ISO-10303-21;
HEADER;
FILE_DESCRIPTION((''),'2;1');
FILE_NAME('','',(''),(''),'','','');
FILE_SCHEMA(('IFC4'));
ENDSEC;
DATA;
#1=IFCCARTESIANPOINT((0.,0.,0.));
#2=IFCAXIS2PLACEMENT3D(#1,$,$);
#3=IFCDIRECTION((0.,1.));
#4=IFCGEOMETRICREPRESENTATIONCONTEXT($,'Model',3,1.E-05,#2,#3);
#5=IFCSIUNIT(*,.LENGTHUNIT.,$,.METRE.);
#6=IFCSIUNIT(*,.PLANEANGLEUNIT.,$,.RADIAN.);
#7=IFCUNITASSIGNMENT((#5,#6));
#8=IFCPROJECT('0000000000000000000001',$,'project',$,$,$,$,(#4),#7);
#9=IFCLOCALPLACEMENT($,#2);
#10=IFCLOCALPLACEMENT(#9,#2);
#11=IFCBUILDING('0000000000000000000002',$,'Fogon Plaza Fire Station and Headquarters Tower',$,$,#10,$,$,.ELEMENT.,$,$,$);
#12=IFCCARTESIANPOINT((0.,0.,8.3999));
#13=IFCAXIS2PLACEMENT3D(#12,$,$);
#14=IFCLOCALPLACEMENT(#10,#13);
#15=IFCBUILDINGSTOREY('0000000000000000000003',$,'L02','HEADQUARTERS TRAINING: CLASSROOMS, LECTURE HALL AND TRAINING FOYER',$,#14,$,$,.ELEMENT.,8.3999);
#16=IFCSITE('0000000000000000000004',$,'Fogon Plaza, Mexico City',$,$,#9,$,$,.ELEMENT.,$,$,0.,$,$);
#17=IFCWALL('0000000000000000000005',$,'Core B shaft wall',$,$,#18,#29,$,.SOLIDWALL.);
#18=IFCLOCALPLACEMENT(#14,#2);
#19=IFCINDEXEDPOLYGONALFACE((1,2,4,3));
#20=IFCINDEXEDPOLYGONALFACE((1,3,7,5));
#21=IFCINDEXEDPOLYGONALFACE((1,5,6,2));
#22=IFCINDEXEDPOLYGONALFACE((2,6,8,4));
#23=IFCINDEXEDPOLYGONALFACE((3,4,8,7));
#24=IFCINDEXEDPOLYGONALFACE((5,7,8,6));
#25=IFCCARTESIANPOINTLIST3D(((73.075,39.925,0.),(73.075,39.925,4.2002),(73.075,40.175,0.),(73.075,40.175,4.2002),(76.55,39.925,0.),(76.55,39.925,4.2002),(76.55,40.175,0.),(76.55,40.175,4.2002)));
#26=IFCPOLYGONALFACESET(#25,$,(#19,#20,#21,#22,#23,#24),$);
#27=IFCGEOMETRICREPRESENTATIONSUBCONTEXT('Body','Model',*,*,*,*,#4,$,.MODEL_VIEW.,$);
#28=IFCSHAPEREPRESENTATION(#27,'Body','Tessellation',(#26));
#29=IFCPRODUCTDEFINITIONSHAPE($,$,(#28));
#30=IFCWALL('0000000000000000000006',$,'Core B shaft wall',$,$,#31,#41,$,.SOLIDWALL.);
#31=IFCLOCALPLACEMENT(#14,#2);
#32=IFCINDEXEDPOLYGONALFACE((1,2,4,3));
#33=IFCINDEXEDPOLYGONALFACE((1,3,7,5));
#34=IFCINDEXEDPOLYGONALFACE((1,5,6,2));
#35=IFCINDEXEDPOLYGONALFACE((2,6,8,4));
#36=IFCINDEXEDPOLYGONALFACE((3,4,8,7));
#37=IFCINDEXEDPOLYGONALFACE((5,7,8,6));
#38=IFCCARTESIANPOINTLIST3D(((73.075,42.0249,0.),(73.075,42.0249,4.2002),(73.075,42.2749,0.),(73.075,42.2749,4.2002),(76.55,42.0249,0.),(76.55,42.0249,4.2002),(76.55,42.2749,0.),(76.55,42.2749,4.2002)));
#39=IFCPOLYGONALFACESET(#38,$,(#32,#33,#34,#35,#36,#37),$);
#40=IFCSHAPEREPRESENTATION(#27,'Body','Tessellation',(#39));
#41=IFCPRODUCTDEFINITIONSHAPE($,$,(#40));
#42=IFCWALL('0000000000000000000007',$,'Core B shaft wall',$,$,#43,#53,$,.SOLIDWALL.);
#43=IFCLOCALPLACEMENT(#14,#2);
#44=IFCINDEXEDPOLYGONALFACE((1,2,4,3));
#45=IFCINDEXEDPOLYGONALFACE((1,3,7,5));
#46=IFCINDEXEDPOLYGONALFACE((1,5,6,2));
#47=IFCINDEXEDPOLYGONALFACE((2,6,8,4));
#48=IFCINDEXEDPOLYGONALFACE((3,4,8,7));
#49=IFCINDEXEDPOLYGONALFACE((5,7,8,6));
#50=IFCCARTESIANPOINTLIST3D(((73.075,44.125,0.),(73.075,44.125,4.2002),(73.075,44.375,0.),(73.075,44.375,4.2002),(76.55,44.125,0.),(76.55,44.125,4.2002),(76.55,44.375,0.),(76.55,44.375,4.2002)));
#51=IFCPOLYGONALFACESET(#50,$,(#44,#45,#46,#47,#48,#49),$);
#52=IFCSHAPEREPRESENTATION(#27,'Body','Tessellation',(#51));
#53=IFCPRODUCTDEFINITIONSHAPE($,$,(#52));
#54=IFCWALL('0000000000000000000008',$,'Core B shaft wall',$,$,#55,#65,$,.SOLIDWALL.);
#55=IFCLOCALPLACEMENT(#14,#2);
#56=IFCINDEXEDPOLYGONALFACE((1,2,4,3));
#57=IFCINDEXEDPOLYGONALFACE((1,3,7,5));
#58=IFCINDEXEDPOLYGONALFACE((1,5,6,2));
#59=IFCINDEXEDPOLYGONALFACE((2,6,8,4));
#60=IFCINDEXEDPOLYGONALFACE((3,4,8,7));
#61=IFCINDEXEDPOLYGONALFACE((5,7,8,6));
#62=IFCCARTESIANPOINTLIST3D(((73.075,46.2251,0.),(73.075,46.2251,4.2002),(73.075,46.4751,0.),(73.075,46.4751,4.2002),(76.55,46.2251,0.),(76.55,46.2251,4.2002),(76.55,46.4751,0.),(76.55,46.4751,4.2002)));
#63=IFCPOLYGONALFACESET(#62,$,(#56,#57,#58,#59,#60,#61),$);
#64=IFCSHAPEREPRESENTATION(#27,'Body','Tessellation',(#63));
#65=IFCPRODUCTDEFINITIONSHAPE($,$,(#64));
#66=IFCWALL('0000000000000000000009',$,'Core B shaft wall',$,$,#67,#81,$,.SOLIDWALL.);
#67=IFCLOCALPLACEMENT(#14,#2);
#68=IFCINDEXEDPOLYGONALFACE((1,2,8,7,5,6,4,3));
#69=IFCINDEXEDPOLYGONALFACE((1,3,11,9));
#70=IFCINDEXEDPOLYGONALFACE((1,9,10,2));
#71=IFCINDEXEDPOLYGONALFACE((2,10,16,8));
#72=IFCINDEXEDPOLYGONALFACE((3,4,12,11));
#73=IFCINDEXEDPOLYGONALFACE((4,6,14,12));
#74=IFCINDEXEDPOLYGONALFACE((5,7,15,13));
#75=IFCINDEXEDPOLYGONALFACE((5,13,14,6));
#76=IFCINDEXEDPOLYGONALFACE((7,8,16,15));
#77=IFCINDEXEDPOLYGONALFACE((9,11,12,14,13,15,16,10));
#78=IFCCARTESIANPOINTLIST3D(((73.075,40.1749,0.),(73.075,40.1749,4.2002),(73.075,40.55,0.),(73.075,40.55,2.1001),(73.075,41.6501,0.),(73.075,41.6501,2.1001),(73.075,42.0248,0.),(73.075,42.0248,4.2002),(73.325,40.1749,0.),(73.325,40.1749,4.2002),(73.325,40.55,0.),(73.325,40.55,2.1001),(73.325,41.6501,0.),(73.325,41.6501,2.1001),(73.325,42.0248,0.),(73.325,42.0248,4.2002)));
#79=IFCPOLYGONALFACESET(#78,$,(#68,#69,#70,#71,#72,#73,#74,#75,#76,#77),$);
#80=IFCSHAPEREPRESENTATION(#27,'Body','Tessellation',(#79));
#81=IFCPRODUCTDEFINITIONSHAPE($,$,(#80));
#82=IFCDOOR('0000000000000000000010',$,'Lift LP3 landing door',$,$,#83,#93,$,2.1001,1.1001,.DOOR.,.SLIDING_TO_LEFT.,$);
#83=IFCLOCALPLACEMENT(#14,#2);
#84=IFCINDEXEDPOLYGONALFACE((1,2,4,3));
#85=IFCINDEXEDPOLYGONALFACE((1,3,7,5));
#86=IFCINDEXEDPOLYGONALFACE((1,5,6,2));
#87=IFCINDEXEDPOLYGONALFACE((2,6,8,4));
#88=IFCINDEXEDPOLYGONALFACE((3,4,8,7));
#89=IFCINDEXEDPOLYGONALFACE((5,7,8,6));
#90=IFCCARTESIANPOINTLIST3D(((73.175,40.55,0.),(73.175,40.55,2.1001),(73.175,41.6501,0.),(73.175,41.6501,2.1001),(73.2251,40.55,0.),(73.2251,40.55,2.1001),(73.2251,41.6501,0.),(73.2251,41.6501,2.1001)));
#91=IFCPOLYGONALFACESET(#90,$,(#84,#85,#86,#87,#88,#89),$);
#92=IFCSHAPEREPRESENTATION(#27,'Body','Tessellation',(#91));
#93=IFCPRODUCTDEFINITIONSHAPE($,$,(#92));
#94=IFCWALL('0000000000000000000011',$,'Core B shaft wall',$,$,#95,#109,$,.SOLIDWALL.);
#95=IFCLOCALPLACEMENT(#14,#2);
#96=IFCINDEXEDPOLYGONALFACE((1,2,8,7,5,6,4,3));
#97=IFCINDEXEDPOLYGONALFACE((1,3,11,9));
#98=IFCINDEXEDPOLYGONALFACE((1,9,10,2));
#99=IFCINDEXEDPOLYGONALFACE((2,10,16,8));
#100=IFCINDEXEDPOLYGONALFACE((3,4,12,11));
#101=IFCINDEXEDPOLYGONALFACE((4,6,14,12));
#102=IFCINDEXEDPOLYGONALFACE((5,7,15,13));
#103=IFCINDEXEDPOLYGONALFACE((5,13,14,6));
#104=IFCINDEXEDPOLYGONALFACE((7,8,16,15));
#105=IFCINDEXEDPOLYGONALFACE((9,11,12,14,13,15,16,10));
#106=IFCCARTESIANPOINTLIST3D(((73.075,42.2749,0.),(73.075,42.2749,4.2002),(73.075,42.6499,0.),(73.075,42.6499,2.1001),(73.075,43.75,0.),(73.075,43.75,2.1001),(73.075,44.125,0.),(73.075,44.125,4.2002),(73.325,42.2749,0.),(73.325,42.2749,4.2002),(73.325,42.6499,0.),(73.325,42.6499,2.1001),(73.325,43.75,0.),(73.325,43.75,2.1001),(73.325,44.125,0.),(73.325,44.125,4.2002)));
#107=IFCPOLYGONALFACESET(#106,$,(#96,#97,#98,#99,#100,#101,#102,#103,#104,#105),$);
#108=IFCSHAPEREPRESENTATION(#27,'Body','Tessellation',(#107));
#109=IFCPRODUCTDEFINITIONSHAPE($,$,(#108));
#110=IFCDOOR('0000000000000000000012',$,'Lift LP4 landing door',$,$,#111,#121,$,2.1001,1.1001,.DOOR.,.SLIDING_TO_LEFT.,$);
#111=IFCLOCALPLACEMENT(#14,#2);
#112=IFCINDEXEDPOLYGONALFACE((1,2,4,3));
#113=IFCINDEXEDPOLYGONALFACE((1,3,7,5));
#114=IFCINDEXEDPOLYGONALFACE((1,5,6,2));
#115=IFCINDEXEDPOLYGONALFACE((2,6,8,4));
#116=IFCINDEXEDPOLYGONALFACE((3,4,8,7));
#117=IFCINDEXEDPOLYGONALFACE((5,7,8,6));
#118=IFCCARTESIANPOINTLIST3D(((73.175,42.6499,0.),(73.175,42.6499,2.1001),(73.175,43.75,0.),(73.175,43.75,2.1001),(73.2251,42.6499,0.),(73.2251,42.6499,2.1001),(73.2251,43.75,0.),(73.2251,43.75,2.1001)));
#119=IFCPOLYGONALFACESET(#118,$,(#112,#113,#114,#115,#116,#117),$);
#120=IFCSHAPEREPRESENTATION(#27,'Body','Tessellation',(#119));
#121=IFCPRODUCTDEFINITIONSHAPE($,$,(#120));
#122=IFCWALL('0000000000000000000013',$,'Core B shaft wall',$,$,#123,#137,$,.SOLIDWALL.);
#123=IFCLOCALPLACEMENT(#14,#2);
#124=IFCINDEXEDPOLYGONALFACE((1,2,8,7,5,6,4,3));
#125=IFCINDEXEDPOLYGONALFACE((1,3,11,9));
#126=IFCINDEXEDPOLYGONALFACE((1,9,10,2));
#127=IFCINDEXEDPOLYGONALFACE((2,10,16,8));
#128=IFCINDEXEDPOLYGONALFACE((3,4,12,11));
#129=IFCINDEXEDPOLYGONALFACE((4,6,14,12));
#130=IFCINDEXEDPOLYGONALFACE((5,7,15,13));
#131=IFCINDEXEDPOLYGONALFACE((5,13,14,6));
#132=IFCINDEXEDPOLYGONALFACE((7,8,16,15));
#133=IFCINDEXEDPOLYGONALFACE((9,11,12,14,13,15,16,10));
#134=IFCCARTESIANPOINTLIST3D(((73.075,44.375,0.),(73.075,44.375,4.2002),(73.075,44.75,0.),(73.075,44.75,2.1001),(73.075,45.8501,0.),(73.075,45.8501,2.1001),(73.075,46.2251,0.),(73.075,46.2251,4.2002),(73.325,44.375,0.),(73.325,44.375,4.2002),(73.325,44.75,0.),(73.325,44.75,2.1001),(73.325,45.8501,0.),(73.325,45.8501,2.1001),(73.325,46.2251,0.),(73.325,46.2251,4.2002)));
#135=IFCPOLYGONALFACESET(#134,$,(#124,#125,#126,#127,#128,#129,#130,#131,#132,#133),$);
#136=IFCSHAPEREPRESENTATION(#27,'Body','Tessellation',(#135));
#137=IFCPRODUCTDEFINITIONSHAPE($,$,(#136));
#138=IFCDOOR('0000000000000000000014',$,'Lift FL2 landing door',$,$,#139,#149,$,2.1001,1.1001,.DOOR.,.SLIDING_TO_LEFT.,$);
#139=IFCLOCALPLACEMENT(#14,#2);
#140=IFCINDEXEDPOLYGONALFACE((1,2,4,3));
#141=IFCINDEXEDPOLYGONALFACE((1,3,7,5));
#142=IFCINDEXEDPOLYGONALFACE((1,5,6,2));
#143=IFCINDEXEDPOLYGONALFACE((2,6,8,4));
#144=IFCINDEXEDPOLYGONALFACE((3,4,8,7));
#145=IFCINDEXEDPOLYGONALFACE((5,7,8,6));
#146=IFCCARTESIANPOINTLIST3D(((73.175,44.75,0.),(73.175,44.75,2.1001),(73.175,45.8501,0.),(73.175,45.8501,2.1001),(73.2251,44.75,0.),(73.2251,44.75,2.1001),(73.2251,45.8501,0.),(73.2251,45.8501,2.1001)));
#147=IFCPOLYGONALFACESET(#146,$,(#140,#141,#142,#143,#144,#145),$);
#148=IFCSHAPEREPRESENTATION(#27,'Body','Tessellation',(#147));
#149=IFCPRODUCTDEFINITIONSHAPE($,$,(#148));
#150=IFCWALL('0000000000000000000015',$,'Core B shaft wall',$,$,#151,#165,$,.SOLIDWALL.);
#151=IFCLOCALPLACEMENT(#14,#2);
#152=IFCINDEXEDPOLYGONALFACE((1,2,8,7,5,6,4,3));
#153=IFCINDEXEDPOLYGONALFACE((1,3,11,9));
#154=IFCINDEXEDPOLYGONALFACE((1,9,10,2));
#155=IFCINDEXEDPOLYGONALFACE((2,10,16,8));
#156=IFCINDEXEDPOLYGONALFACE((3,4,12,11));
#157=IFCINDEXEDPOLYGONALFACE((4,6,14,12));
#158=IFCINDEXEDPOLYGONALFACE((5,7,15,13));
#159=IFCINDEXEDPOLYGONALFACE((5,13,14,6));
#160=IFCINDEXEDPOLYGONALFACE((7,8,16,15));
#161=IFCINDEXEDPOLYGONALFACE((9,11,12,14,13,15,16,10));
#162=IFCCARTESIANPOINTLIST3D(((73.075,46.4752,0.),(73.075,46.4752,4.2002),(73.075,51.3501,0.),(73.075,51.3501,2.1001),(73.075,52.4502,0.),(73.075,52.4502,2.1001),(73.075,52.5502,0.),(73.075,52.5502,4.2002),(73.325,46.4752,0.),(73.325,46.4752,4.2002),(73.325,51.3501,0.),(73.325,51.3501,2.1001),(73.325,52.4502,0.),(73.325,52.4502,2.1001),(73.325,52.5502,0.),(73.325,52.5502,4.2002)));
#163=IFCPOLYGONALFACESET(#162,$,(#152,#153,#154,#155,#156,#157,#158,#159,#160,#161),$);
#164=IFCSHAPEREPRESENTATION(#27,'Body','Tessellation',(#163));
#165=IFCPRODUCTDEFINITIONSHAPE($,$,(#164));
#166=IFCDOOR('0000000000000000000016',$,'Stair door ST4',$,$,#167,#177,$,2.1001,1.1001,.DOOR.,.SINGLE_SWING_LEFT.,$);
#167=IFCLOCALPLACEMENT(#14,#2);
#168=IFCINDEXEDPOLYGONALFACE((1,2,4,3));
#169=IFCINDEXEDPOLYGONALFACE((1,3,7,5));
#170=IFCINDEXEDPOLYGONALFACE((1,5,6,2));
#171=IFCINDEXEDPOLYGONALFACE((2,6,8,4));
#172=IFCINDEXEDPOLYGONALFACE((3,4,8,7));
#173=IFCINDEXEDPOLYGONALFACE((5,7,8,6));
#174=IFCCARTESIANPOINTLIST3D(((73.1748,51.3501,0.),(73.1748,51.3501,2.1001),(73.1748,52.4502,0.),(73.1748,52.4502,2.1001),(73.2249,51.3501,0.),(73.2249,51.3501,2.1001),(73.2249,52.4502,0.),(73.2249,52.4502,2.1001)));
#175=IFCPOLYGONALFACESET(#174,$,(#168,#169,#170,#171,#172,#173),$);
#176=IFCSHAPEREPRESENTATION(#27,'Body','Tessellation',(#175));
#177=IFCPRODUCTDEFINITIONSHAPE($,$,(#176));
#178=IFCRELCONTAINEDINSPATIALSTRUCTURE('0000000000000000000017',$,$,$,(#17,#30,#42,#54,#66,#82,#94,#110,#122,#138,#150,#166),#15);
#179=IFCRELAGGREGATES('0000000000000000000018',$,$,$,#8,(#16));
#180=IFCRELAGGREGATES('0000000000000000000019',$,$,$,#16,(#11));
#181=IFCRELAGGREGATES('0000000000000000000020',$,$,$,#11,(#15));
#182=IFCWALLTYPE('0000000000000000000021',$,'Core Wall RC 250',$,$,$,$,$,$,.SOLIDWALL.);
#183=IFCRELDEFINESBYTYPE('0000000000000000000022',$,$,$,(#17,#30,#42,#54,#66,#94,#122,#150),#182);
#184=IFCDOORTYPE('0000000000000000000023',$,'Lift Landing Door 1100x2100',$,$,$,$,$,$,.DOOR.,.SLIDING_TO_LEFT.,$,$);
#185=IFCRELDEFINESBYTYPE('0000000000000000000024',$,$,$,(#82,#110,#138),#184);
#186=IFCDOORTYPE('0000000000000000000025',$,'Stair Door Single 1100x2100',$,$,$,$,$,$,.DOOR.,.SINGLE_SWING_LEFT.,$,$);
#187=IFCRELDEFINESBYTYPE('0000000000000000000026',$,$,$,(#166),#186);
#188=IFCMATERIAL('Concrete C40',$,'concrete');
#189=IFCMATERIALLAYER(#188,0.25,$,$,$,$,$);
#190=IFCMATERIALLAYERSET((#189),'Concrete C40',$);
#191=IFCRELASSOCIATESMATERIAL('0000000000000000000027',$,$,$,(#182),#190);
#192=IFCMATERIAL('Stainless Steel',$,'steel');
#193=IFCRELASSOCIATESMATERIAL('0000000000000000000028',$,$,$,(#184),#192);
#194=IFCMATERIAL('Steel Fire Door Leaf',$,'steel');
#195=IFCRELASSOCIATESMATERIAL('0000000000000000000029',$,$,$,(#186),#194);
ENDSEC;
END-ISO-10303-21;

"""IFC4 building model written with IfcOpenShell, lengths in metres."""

from ifc_helpers import new_model, si_unit, direction, frame, frame_2d, origin, place, context, subcontext, project, spatial, rectangle, extrude, material, layer, layer_set, type_object, element, fill, save


model = new_model("IFC4")

# Units and contexts
model_context = context("Model", 3, precision=1e-05, world=origin(), true_north=direction((0.0, 1.0)))
body_context = subcontext(model_context, "Body", "Model", "MODEL_VIEW")
ifc_project = project(units=[si_unit("LENGTHUNIT", "METRE"), si_unit("PLANEANGLEUNIT", "RADIAN")], contexts=[model_context])

# Site, building, storey
site_placement = place(None, origin())
site = spatial("IfcSite", under=ifc_project, at=site_placement, Name="Fogon Plaza, Mexico City", CompositionType="ELEMENT", RefElevation=0.0)
building_placement = place(site_placement, origin())
building = spatial("IfcBuilding", under=site, at=building_placement, Name="Fogon Plaza Fire Station and Headquarters Tower", CompositionType="ELEMENT")
storey_placement = place(building_placement, frame((0.0, 0.0, 8.3999)))
storey = spatial("IfcBuildingStorey", under=building, at=storey_placement, Name="L02", Description="HEADQUARTERS TRAINING: CLASSROOMS, LECTURE HALL AND TRAINING FOYER", CompositionType="ELEMENT", Elevation=8.3999)

# Walls
ifc_material_1 = material(Name="Concrete C40", Category="concrete")
ifc_layer_1 = layer(ifc_material_1, 0.25)
ifc_layer_set_1 = layer_set([ifc_layer_1], Name="Concrete C40")
wall_type_1 = type_object("IfcWallType", Name="Core Wall RC 250", PredefinedType="SOLIDWALL", material=ifc_layer_set_1)
for number, where, z_axis, x_axis, name in (
    (1, (76.55, 40.05, 0.0), (0.0, 0.0, 1.0), (-1.0, 0.0, 0.0), "Core B shaft wall"),
    (2, (76.55, 42.1499, 0.0), (0.0, 0.0, 1.0), (-1.0, 0.0, 0.0), "Core B shaft wall"),
    (3, (76.55, 44.25, 0.0), (0.0, 0.0, 1.0), (-1.0, 0.0, 0.0), "Core B shaft wall"),
    (4, (76.55, 46.3501, 0.0), (0.0, 0.0, 1.0), (-1.0, 0.0, 0.0), "Core B shaft wall"),
):
    element("IfcWall", number, at=place(storey_placement, frame(where, z_axis=z_axis, x_axis=x_axis)), inside=storey, type_object=wall_type_1, Name=name, PredefinedType="SOLIDWALL", context=body_context, shape_type="SweptSolid", body=[
        extrude(rectangle(XDim=3.4751, YDim=0.25, at=frame_2d((1.7375, 0.0))), origin(), (0.0, 0.0, 1.0), 4.2002),
    ])

# Walls, openings, doors
wall_1_placement = place(storey_placement, frame((73.2, 40.175, 0.0), z_axis=(0.0, 0.0, 1.0), x_axis=(0.0, 1.0, 0.0)))
wall_1 = element("IfcWall", 5, at=wall_1_placement, inside=storey, type_object=wall_type_1, Name="Core B shaft wall", PredefinedType="SOLIDWALL", context=body_context, shape_type="SweptSolid", body=[
    extrude(rectangle(XDim=1.8499, YDim=0.25, at=frame_2d((0.9248, 0.0))), origin(), (0.0, 0.0, 1.0), 4.2002),
])
opening_1_placement = place(wall_1_placement, frame((0.375, 0.0, 0.0)))
opening_1 = element("IfcOpeningElement", 6, at=opening_1_placement, cuts=wall_1, PredefinedType="OPENING", context=body_context, shape_type="SweptSolid", body=[
    extrude(rectangle(XDim=1.1001, YDim=2.1001, at=frame_2d((0.55, 1.05))), frame((0.0, 0.135, 0.0), z_axis=(0.0, -1.0, 0.0), x_axis=(1.0, 0.0, 0.0)), (0.0, 0.0, 1.0), 0.27),
])
ifc_material_2 = material(Name="Stainless Steel", Category="steel")
door_type_1 = type_object("IfcDoorType", Name="Lift Landing Door 1100x2100", OperationType="SLIDING_TO_LEFT", PredefinedType="DOOR", material=ifc_material_2)
door_1_placement = place(opening_1_placement, origin())
door_1 = element("IfcDoor", 7, at=door_1_placement, inside=storey, type_object=door_type_1, Name="Lift LP3 landing door", OperationType="SLIDING_TO_LEFT", OverallHeight=2.1001, OverallWidth=1.1001, PredefinedType="DOOR", context=body_context, shape_type="SweptSolid", body=[
    extrude(rectangle(XDim=1.1001, YDim=2.1001, at=frame_2d((0.55, 1.05))), frame((0.0, 0.0249, 0.0), z_axis=(0.0, -1.0, 0.0), x_axis=(1.0, 0.0, 0.0)), (0.0, 0.0, 1.0), 0.05),
])
fill(opening_1, door_1)
wall_2_placement = place(storey_placement, frame((73.2, 42.2749, 0.0), z_axis=(0.0, 0.0, 1.0), x_axis=(0.0, 1.0, 0.0)))
wall_2 = element("IfcWall", 8, at=wall_2_placement, inside=storey, type_object=wall_type_1, Name="Core B shaft wall", PredefinedType="SOLIDWALL", context=body_context, shape_type="SweptSolid", body=[
    extrude(rectangle(XDim=1.8501, YDim=0.25, at=frame_2d((0.925, 0.0))), origin(), (0.0, 0.0, 1.0), 4.2002),
])
opening_2_placement = place(wall_2_placement, frame((0.375, 0.0, 0.0)))
opening_2 = element("IfcOpeningElement", 9, at=opening_2_placement, cuts=wall_2, PredefinedType="OPENING", context=body_context, shape_type="SweptSolid", body=[
    extrude(rectangle(XDim=1.1001, YDim=2.1001, at=frame_2d((0.55, 1.05))), frame((0.0, 0.135, 0.0), z_axis=(0.0, -1.0, 0.0), x_axis=(1.0, 0.0, 0.0)), (0.0, 0.0, 1.0), 0.27),
])
door_2_placement = place(opening_2_placement, origin())
door_2 = element("IfcDoor", 10, at=door_2_placement, inside=storey, type_object=door_type_1, Name="Lift LP4 landing door", OperationType="SLIDING_TO_LEFT", OverallHeight=2.1001, OverallWidth=1.1001, PredefinedType="DOOR", context=body_context, shape_type="SweptSolid", body=[
    extrude(rectangle(XDim=1.1001, YDim=2.1001, at=frame_2d((0.55, 1.05))), frame((0.0, 0.0249, 0.0), z_axis=(0.0, -1.0, 0.0), x_axis=(1.0, 0.0, 0.0)), (0.0, 0.0, 1.0), 0.05),
])
fill(opening_2, door_2)
wall_3_placement = place(storey_placement, frame((73.2, 44.375, 0.0), z_axis=(0.0, 0.0, 1.0), x_axis=(0.0, 1.0, 0.0)))
wall_3 = element("IfcWall", 11, at=wall_3_placement, inside=storey, type_object=wall_type_1, Name="Core B shaft wall", PredefinedType="SOLIDWALL", context=body_context, shape_type="SweptSolid", body=[
    extrude(rectangle(XDim=1.8501, YDim=0.25, at=frame_2d((0.925, 0.0))), origin(), (0.0, 0.0, 1.0), 4.2002),
])
opening_3_placement = place(wall_3_placement, frame((0.375, 0.0, 0.0)))
opening_3 = element("IfcOpeningElement", 12, at=opening_3_placement, cuts=wall_3, PredefinedType="OPENING", context=body_context, shape_type="SweptSolid", body=[
    extrude(rectangle(XDim=1.1001, YDim=2.1001, at=frame_2d((0.55, 1.05))), frame((0.0, 0.135, 0.0), z_axis=(0.0, -1.0, 0.0), x_axis=(1.0, 0.0, 0.0)), (0.0, 0.0, 1.0), 0.27),
])
door_3_placement = place(opening_3_placement, origin())
door_3 = element("IfcDoor", 13, at=door_3_placement, inside=storey, type_object=door_type_1, Name="Lift FL2 landing door", OperationType="SLIDING_TO_LEFT", OverallHeight=2.1001, OverallWidth=1.1001, PredefinedType="DOOR", context=body_context, shape_type="SweptSolid", body=[
    extrude(rectangle(XDim=1.1001, YDim=2.1001, at=frame_2d((0.55, 1.05))), frame((0.0, 0.0249, 0.0), z_axis=(0.0, -1.0, 0.0), x_axis=(1.0, 0.0, 0.0)), (0.0, 0.0, 1.0), 0.05),
])
fill(opening_3, door_3)
wall_4_placement = place(storey_placement, frame((73.2, 46.4751, 0.0), z_axis=(0.0, 0.0, 1.0), x_axis=(0.0, 1.0, 0.0)))
wall_4 = element("IfcWall", 14, at=wall_4_placement, inside=storey, type_object=wall_type_1, Name="Core B shaft wall", PredefinedType="SOLIDWALL", context=body_context, shape_type="SweptSolid", body=[
    extrude(rectangle(XDim=6.075, YDim=0.25, at=frame_2d((3.0376, 0.0))), origin(), (0.0, 0.0, 1.0), 4.2002),
])
opening_4_placement = place(wall_4_placement, frame((4.875, 0.0, 0.0)))
opening_4 = element("IfcOpeningElement", 15, at=opening_4_placement, cuts=wall_4, PredefinedType="OPENING", context=body_context, shape_type="SweptSolid", body=[
    extrude(rectangle(XDim=1.1001, YDim=2.1001, at=frame_2d((0.55, 1.05))), frame((0.0, 0.135, 0.0), z_axis=(0.0, -1.0, 0.0), x_axis=(1.0, 0.0, 0.0)), (0.0, 0.0, 1.0), 0.27),
])
ifc_material_3 = material(Name="Steel Fire Door Leaf", Category="steel")
door_type_2 = type_object("IfcDoorType", Name="Stair Door Single 1100x2100", OperationType="SINGLE_SWING_LEFT", PredefinedType="DOOR", material=ifc_material_3)
door_4_placement = place(opening_4_placement, frame((1.1001, 0.0, 0.0), z_axis=(0.0, 0.0, 1.0), x_axis=(-1.0, 0.0, 0.0)))
door_4 = element("IfcDoor", 16, at=door_4_placement, inside=storey, type_object=door_type_2, Name="Stair door ST4", OperationType="SINGLE_SWING_LEFT", OverallHeight=2.1001, OverallWidth=1.1001, PredefinedType="DOOR", context=body_context, shape_type="SweptSolid", body=[
    extrude(rectangle(XDim=1.1001, YDim=2.1001, at=frame_2d((0.55, 1.05))), frame((0.0, 0.0249, 0.0), z_axis=(0.0, -1.0, 0.0), x_axis=(1.0, 0.0, 0.0)), (0.0, 0.0, 1.0), 0.05),
])
fill(opening_4, door_4)

save(model, "model.ifc")
